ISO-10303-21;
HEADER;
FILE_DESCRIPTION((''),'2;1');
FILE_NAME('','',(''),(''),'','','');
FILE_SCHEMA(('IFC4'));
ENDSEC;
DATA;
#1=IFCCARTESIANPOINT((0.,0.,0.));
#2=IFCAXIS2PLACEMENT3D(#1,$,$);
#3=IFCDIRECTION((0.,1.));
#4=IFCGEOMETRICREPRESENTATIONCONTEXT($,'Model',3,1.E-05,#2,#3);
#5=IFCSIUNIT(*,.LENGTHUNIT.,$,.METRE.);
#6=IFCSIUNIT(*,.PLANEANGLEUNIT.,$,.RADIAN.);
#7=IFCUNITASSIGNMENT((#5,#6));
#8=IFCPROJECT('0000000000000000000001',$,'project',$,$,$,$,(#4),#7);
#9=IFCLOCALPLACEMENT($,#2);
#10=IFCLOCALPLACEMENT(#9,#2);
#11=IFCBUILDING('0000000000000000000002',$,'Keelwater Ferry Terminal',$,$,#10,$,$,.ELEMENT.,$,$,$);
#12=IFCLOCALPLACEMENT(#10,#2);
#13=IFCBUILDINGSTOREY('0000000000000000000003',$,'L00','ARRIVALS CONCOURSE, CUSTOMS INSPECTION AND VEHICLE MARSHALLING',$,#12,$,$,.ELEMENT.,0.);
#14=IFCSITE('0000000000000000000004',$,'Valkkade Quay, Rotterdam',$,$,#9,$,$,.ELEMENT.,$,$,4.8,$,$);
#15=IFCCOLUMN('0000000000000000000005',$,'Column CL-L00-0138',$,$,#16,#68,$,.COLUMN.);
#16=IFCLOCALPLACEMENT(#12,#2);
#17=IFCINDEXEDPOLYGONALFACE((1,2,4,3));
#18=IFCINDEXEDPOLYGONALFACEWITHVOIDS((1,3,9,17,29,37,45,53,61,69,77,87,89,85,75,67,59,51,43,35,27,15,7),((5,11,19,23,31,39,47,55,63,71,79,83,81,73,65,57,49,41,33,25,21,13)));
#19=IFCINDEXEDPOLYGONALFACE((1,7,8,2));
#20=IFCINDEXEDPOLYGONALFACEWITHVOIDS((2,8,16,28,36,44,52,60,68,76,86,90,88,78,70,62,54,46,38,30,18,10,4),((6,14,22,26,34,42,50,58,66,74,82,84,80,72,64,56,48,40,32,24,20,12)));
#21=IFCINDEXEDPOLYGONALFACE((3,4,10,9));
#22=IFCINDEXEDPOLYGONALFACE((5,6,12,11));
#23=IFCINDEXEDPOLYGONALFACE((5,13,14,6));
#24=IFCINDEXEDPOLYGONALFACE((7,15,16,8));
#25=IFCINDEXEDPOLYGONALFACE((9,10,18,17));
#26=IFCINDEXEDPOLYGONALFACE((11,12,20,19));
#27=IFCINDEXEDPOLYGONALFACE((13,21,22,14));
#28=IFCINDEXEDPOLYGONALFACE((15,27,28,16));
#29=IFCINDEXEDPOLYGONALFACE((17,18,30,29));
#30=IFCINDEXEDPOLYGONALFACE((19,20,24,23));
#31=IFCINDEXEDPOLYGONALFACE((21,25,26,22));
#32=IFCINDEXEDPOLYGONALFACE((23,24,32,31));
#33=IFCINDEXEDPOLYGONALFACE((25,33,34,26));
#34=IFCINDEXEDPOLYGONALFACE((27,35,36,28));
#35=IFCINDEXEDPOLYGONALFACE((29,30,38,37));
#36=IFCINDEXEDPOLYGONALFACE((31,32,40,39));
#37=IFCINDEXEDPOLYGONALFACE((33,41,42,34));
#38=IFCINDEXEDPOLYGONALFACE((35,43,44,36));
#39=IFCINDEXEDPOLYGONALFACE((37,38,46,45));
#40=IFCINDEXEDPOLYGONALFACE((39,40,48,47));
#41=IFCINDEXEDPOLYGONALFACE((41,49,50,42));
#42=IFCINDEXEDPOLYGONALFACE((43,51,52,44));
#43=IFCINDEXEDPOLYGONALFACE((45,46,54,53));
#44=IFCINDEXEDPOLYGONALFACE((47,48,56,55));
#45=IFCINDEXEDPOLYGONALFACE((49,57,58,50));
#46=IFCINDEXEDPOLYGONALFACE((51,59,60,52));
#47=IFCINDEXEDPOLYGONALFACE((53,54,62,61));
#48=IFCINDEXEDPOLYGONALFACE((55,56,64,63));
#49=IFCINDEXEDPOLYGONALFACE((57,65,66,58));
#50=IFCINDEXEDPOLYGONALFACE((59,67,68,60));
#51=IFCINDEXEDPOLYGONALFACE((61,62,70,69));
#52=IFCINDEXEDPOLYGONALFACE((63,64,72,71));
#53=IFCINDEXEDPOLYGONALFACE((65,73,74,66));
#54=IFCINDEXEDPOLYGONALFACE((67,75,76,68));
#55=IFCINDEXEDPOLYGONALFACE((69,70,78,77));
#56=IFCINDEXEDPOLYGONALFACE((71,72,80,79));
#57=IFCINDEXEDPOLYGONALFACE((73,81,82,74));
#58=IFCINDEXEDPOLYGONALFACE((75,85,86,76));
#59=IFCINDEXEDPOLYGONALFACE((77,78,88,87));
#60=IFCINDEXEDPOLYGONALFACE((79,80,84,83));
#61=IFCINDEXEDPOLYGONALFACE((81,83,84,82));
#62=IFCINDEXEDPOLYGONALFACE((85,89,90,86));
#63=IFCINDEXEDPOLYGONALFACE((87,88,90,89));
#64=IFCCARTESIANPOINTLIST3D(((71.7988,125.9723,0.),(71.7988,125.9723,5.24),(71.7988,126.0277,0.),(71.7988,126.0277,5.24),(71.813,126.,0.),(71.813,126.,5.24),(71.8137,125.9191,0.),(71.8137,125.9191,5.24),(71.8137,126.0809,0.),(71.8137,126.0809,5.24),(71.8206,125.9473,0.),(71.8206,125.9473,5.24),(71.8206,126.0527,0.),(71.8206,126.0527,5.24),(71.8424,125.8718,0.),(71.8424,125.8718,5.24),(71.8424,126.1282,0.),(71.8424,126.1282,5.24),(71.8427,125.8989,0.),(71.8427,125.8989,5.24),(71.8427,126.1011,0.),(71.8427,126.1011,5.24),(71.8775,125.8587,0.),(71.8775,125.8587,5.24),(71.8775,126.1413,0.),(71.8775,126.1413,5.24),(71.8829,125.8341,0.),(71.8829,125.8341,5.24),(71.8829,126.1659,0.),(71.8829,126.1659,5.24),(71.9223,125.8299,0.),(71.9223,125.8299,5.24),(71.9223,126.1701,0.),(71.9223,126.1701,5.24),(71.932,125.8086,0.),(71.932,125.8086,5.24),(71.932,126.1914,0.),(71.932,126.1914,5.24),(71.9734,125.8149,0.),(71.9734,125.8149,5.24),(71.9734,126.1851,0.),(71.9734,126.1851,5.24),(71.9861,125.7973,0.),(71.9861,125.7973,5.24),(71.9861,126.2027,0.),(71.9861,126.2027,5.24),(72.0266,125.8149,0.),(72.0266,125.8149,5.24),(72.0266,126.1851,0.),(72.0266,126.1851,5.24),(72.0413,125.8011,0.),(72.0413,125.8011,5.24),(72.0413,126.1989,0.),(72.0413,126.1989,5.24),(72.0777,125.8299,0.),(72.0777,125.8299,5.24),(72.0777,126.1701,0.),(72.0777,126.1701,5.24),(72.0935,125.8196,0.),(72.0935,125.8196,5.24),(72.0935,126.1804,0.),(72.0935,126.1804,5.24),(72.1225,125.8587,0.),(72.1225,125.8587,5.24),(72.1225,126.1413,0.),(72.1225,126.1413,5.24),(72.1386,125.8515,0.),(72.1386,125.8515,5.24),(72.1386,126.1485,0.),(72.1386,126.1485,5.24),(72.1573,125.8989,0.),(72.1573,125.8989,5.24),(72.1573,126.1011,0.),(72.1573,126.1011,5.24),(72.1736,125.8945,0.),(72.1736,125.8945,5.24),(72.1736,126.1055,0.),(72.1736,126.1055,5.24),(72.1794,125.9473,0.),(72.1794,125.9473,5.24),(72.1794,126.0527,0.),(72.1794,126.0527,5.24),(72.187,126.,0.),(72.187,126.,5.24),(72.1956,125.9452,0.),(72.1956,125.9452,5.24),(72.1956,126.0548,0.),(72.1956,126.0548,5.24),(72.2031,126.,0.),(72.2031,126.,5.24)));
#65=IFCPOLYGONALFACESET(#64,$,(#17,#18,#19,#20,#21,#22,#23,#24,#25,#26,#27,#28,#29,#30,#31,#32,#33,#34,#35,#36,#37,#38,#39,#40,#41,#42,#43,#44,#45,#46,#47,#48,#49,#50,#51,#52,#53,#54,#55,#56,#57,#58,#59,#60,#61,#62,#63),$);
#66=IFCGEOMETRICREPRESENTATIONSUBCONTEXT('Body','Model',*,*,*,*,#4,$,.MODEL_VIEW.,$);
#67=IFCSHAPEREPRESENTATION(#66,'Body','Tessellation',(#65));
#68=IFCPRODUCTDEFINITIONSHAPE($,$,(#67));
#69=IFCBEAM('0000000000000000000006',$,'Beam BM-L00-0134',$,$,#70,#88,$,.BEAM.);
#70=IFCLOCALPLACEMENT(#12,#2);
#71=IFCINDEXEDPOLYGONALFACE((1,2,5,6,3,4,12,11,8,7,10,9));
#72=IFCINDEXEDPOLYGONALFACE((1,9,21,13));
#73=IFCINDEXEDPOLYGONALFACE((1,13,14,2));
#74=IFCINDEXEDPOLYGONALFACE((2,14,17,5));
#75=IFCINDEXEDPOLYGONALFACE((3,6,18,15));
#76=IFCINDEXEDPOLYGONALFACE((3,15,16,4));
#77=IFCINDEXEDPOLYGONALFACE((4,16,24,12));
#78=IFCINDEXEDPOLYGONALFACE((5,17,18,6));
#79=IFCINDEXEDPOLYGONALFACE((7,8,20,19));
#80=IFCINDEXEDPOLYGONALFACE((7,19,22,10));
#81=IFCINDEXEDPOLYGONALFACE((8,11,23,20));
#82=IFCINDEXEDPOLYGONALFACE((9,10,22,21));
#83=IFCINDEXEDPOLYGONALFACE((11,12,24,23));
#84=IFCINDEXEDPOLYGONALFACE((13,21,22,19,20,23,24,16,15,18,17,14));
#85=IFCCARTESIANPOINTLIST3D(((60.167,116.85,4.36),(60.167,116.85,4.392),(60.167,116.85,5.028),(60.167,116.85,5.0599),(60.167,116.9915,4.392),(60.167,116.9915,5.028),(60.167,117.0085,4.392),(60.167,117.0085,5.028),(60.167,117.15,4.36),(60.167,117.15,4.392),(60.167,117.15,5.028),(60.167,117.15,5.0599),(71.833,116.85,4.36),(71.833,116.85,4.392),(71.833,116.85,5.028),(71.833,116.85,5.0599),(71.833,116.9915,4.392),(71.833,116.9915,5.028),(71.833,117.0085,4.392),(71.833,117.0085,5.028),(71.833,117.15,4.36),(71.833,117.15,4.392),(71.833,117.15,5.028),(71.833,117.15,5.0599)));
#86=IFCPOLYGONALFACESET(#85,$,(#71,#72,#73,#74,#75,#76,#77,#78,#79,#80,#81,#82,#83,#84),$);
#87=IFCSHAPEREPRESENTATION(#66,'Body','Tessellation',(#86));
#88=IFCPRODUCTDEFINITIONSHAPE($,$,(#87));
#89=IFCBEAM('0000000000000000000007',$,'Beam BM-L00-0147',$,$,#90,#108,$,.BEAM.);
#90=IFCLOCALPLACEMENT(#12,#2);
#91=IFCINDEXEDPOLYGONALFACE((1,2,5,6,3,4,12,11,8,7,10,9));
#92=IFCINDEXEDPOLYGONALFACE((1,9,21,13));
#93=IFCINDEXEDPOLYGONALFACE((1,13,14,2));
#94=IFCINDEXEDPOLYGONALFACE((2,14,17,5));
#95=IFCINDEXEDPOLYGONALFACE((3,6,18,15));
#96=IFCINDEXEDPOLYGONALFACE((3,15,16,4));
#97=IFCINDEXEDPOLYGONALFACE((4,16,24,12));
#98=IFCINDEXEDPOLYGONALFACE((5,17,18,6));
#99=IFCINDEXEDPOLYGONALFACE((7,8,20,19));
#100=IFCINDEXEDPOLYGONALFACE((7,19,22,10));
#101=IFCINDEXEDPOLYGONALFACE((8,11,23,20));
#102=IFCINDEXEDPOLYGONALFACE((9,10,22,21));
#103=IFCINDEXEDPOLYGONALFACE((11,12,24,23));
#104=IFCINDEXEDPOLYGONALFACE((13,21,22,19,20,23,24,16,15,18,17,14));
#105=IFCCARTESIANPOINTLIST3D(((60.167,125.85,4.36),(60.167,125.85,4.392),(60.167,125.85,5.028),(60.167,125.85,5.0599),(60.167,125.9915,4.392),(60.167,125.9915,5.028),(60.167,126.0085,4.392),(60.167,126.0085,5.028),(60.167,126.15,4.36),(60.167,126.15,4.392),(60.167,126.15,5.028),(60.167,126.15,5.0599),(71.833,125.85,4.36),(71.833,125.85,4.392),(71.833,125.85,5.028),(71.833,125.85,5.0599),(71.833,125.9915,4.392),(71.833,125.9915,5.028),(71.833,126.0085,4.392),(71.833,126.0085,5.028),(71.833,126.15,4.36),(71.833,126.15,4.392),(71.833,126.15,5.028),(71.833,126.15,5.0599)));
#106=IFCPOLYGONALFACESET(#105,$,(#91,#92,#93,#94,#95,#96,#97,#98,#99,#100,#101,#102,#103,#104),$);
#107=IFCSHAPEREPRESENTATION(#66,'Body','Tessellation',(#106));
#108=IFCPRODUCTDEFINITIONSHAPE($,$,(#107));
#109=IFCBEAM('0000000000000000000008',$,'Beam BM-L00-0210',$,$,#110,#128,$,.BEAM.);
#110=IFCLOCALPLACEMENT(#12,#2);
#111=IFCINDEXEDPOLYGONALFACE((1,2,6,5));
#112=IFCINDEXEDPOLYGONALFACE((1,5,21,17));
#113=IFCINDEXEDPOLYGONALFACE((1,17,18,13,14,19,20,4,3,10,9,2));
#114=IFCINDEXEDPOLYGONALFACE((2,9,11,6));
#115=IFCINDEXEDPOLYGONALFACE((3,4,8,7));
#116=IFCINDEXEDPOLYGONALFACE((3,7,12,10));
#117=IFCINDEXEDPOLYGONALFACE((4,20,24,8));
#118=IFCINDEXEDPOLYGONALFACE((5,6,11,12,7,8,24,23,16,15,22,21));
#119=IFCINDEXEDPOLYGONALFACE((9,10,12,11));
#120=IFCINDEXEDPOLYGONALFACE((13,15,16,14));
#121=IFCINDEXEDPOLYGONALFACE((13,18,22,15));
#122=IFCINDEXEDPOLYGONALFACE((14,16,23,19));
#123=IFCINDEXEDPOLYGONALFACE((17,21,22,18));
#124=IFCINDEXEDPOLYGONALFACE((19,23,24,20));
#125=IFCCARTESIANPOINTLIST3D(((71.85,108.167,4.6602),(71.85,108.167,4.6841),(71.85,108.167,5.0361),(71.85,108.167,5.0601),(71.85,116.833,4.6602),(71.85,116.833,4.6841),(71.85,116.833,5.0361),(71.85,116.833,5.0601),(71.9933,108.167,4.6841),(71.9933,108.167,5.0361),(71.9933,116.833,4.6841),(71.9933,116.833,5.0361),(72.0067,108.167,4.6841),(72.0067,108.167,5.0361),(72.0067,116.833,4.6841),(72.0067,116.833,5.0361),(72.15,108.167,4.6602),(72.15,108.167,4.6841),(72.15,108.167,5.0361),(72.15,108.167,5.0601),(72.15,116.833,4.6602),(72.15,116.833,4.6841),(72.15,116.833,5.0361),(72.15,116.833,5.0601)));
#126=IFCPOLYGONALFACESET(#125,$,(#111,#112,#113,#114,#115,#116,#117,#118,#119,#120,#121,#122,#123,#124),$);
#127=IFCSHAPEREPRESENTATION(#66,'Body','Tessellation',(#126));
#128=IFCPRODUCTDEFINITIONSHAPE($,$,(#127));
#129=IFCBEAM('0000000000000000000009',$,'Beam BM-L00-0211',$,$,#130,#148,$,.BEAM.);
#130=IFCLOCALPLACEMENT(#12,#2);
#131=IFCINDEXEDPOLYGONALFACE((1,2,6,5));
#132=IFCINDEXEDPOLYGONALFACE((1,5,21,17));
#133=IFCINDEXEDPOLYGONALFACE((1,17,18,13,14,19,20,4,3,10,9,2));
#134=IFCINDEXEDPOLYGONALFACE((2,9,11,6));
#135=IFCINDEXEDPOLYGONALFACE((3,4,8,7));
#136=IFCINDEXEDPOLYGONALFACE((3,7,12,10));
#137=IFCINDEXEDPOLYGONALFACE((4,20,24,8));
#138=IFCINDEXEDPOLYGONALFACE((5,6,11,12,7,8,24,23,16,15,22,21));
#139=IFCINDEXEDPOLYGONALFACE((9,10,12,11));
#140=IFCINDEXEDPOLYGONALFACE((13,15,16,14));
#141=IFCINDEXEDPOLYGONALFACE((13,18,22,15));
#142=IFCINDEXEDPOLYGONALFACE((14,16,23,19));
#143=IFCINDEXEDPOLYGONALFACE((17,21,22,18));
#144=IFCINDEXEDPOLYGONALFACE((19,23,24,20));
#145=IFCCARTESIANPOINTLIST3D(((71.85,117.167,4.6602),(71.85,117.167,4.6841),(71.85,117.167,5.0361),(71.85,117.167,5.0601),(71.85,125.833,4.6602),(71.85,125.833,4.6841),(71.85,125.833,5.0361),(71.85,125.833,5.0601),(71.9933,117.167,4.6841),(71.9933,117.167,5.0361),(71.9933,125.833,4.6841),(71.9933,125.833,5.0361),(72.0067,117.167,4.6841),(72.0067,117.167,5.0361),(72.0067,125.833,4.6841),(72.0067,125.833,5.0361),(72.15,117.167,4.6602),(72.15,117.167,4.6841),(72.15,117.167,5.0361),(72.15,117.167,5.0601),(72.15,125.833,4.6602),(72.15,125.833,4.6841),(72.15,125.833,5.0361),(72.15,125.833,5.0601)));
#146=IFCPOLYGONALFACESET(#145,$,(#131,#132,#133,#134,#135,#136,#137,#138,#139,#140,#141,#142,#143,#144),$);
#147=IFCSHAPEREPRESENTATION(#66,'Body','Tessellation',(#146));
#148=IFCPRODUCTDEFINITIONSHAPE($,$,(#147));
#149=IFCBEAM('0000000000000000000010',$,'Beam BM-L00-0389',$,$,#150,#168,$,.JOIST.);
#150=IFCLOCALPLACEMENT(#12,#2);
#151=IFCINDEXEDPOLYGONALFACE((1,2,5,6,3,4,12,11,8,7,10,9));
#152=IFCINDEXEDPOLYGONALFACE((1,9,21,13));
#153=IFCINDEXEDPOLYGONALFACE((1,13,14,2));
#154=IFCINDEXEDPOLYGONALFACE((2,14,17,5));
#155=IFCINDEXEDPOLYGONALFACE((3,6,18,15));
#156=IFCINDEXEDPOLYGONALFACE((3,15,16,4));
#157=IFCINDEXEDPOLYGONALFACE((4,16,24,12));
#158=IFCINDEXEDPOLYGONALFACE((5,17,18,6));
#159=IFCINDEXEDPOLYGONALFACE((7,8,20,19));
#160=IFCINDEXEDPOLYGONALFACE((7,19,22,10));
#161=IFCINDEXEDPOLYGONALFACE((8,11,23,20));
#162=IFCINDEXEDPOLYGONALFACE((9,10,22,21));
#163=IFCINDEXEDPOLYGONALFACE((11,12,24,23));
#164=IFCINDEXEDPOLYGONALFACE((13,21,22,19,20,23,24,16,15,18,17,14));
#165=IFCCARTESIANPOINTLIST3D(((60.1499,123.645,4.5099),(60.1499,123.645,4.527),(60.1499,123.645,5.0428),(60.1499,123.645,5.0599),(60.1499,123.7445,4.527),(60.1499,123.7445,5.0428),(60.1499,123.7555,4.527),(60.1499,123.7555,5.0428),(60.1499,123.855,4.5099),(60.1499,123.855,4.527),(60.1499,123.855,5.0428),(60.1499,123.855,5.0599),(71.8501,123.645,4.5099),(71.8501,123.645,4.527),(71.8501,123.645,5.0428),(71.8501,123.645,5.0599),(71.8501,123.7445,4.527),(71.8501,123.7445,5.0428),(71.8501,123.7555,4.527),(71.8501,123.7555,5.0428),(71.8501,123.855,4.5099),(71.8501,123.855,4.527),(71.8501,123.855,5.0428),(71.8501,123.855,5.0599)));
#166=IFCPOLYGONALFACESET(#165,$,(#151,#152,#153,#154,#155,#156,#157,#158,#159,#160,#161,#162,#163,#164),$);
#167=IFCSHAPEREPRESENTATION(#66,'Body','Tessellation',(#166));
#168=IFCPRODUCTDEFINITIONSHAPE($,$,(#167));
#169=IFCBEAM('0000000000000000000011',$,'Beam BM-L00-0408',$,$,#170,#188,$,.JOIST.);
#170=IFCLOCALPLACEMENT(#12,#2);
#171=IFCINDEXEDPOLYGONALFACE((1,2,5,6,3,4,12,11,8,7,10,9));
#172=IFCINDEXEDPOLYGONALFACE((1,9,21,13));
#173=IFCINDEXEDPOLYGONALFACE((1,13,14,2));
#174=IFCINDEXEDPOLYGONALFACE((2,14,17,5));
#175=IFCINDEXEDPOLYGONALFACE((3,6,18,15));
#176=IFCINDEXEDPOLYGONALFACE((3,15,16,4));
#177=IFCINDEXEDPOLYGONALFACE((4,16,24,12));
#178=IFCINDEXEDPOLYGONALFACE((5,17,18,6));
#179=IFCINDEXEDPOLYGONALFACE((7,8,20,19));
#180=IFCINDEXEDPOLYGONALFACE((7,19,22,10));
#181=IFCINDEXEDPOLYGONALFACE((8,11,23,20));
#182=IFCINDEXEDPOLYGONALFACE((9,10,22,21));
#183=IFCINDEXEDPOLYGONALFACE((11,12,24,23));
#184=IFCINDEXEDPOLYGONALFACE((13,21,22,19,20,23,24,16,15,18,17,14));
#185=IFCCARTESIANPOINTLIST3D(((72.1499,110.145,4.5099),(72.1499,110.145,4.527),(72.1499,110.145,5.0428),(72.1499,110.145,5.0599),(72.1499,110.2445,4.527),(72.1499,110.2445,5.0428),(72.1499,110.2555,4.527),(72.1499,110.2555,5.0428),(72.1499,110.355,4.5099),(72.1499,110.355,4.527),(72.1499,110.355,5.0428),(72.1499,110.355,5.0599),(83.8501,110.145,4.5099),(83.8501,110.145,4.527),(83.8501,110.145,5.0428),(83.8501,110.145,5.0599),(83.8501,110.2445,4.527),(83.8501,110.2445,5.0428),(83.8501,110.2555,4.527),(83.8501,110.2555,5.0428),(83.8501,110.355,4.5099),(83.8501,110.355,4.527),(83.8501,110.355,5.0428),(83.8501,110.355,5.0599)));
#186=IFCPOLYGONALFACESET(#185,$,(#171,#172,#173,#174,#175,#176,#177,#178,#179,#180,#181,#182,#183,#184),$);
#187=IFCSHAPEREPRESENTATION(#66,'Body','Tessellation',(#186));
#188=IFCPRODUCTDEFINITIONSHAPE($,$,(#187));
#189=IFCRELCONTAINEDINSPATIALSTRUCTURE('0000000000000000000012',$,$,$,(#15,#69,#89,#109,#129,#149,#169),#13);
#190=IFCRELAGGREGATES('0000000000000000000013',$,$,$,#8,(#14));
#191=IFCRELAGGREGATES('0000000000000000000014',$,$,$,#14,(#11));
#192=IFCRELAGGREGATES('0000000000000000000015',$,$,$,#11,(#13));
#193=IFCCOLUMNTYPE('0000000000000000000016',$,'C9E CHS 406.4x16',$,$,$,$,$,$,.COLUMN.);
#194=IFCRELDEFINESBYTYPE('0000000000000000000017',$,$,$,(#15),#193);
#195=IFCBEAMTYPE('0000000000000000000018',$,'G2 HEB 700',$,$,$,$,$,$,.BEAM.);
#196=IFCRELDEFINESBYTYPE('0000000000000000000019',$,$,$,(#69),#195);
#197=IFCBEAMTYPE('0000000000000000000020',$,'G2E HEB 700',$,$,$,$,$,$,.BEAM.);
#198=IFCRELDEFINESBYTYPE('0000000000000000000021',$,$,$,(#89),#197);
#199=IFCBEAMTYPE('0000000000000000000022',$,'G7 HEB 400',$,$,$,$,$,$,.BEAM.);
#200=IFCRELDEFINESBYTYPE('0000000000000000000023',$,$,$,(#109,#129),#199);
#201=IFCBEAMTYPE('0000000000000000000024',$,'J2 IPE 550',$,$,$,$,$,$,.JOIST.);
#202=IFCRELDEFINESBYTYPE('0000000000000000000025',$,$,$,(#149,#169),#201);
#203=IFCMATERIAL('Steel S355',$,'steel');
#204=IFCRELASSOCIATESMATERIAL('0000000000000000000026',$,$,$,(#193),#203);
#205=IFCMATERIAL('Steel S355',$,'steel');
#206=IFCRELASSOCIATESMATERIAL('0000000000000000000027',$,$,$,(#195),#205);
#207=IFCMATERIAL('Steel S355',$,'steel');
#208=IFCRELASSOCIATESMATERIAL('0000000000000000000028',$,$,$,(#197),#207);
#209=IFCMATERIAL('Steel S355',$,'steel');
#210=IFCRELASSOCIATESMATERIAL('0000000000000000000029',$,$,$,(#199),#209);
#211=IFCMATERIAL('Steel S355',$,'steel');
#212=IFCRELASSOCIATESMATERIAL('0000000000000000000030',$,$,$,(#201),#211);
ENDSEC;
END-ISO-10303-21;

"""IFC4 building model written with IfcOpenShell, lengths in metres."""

from ifc_helpers import new_model, si_unit, direction, frame, origin, origin_2d, place, context, subcontext, project, spatial, hollow_circle, i_section, extrude, material, material_profile, profile_set, type_object, element, save


model = new_model("IFC4")

# Units and contexts
model_context = context("Model", 3, precision=1e-05, world=origin(), true_north=direction((0.0, 1.0)))
body_context = subcontext(model_context, "Body", "Model", "MODEL_VIEW")
ifc_project = project(units=[si_unit("LENGTHUNIT", "METRE"), si_unit("PLANEANGLEUNIT", "RADIAN")], contexts=[model_context])

# Site, building, storey
site_placement = place(None, origin())
site = spatial("IfcSite", under=ifc_project, at=site_placement, Name="Valkkade Quay, Rotterdam", CompositionType="ELEMENT", RefElevation=4.8)
building_placement = place(site_placement, origin())
building = spatial("IfcBuilding", under=site, at=building_placement, Name="Keelwater Ferry Terminal", CompositionType="ELEMENT")
storey_placement = place(building_placement, origin())
storey = spatial("IfcBuildingStorey", under=building, at=storey_placement, Name="L00", Description="ARRIVALS CONCOURSE, CUSTOMS INSPECTION AND VEHICLE MARSHALLING", CompositionType="ELEMENT", Elevation=0.0)

# Column
ifc_material_1 = material(Name="Steel S355", Category="steel")
ifc_material_profile_1 = material_profile(ifc_material_1, hollow_circle(Radius=0.2031, WallThickness=0.0161, at=origin_2d()), Name="CHS 406.4x16")
ifc_profile_set_1 = profile_set([ifc_material_profile_1], Name="Steel S355")
column_type = type_object("IfcColumnType", Name="C9E CHS 406.4x16", PredefinedType="COLUMN", material=ifc_profile_set_1)
for number, where, z_axis, x_axis, name in (
    (1, (72.0, 126.0, 0.0), (0.0, 0.0, 1.0), (1.0, 0.0, 0.0), "Column CL-L00-0138"),
):
    element("IfcColumn", number, at=place(storey_placement, frame(where, z_axis=z_axis, x_axis=x_axis)), inside=storey, type_object=column_type, Name=name, PredefinedType="COLUMN", context=body_context, shape_type="SweptSolid", body=[
        extrude(hollow_circle(Radius=0.2031, WallThickness=0.0161, at=origin_2d()), origin(), (0.0, 0.0, 1.0), 5.24),
    ])

# Beams
ifc_material_2 = material(Name="Steel S355", Category="steel")
ifc_material_profile_2 = material_profile(ifc_material_2, i_section(OverallWidth=0.3, OverallDepth=0.7, WebThickness=0.0171, FlangeThickness=0.032, at=origin_2d()), Name="HEB 700")
ifc_profile_set_2 = profile_set([ifc_material_profile_2], Name="Steel S355")
beam_type_1 = type_object("IfcBeamType", Name="G2 HEB 700", PredefinedType="BEAM", material=ifc_profile_set_2)
beam_1_placement = place(storey_placement, frame((60.167, 117.0, 4.71), z_axis=(1.0, 0.0, 0.0), x_axis=(0.0, 1.0, 0.0)))
element("IfcBeam", 2, at=beam_1_placement, inside=storey, type_object=beam_type_1, Name="Beam BM-L00-0134", PredefinedType="BEAM", context=body_context, shape_type="SweptSolid", body=[
    extrude(i_section(OverallWidth=0.3, OverallDepth=0.7, WebThickness=0.0171, FlangeThickness=0.032, at=origin_2d()), origin(), (0.0, 0.0, 1.0), 11.666),
])
ifc_material_3 = material(Name="Steel S355", Category="steel")
ifc_material_profile_3 = material_profile(ifc_material_3, i_section(OverallWidth=0.3, OverallDepth=0.7, WebThickness=0.0171, FlangeThickness=0.032, at=origin_2d()), Name="HEB 700")
ifc_profile_set_3 = profile_set([ifc_material_profile_3], Name="Steel S355")
beam_type_2 = type_object("IfcBeamType", Name="G2E HEB 700", PredefinedType="BEAM", material=ifc_profile_set_3)
beam_2_placement = place(storey_placement, frame((60.167, 126.0, 4.71), z_axis=(1.0, 0.0, 0.0), x_axis=(0.0, 1.0, 0.0)))
element("IfcBeam", 3, at=beam_2_placement, inside=storey, type_object=beam_type_2, Name="Beam BM-L00-0147", PredefinedType="BEAM", context=body_context, shape_type="SweptSolid", body=[
    extrude(i_section(OverallWidth=0.3, OverallDepth=0.7, WebThickness=0.0171, FlangeThickness=0.032, at=origin_2d()), origin(), (0.0, 0.0, 1.0), 11.666),
])
ifc_material_4 = material(Name="Steel S355", Category="steel")
ifc_material_profile_4 = material_profile(ifc_material_4, i_section(OverallWidth=0.3, OverallDepth=0.3999, WebThickness=0.0134, FlangeThickness=0.0239, at=origin_2d()), Name="HEB 400")
ifc_profile_set_4 = profile_set([ifc_material_profile_4], Name="Steel S355")
beam_type_3 = type_object("IfcBeamType", Name="G7 HEB 400", PredefinedType="BEAM", material=ifc_profile_set_4)
for number, where, z_axis, x_axis, name in (
    (4, (72.0, 108.167, 4.8601), (0.0, 1.0, 0.0), (-1.0, 0.0, 0.0), "Beam BM-L00-0210"),
    (5, (72.0, 117.167, 4.8601), (0.0, 1.0, 0.0), (-1.0, 0.0, 0.0), "Beam BM-L00-0211"),
):
    element("IfcBeam", number, at=place(storey_placement, frame(where, z_axis=z_axis, x_axis=x_axis)), inside=storey, type_object=beam_type_3, Name=name, PredefinedType="BEAM", context=body_context, shape_type="SweptSolid", body=[
        extrude(i_section(OverallWidth=0.3, OverallDepth=0.3999, WebThickness=0.0134, FlangeThickness=0.0239, at=origin_2d()), origin(), (0.0, 0.0, 1.0), 8.666),
    ])
ifc_material_5 = material(Name="Steel S355", Category="steel")
ifc_material_profile_5 = material_profile(ifc_material_5, i_section(OverallWidth=0.21, OverallDepth=0.55, WebThickness=0.011, FlangeThickness=0.0171, at=origin_2d()), Name="IPE 550")
ifc_profile_set_5 = profile_set([ifc_material_profile_5], Name="Steel S355")
beam_type_4 = type_object("IfcBeamType", Name="J2 IPE 550", PredefinedType="JOIST", material=ifc_profile_set_5)
for number, where, z_axis, x_axis, name in (
    (6, (60.1499, 123.75, 4.7849), (1.0, 0.0, 0.0), (0.0, 1.0, 0.0), "Beam BM-L00-0389"),
    (7, (72.1499, 110.25, 4.7849), (1.0, 0.0, 0.0), (0.0, 1.0, 0.0), "Beam BM-L00-0408"),
):
    element("IfcBeam", number, at=place(storey_placement, frame(where, z_axis=z_axis, x_axis=x_axis)), inside=storey, type_object=beam_type_4, Name=name, PredefinedType="JOIST", context=body_context, shape_type="SweptSolid", body=[
        extrude(i_section(OverallWidth=0.21, OverallDepth=0.55, WebThickness=0.011, FlangeThickness=0.0171, at=origin_2d()), origin(), (0.0, 0.0, 1.0), 11.7002),
    ])

save(model, "model.ifc")
